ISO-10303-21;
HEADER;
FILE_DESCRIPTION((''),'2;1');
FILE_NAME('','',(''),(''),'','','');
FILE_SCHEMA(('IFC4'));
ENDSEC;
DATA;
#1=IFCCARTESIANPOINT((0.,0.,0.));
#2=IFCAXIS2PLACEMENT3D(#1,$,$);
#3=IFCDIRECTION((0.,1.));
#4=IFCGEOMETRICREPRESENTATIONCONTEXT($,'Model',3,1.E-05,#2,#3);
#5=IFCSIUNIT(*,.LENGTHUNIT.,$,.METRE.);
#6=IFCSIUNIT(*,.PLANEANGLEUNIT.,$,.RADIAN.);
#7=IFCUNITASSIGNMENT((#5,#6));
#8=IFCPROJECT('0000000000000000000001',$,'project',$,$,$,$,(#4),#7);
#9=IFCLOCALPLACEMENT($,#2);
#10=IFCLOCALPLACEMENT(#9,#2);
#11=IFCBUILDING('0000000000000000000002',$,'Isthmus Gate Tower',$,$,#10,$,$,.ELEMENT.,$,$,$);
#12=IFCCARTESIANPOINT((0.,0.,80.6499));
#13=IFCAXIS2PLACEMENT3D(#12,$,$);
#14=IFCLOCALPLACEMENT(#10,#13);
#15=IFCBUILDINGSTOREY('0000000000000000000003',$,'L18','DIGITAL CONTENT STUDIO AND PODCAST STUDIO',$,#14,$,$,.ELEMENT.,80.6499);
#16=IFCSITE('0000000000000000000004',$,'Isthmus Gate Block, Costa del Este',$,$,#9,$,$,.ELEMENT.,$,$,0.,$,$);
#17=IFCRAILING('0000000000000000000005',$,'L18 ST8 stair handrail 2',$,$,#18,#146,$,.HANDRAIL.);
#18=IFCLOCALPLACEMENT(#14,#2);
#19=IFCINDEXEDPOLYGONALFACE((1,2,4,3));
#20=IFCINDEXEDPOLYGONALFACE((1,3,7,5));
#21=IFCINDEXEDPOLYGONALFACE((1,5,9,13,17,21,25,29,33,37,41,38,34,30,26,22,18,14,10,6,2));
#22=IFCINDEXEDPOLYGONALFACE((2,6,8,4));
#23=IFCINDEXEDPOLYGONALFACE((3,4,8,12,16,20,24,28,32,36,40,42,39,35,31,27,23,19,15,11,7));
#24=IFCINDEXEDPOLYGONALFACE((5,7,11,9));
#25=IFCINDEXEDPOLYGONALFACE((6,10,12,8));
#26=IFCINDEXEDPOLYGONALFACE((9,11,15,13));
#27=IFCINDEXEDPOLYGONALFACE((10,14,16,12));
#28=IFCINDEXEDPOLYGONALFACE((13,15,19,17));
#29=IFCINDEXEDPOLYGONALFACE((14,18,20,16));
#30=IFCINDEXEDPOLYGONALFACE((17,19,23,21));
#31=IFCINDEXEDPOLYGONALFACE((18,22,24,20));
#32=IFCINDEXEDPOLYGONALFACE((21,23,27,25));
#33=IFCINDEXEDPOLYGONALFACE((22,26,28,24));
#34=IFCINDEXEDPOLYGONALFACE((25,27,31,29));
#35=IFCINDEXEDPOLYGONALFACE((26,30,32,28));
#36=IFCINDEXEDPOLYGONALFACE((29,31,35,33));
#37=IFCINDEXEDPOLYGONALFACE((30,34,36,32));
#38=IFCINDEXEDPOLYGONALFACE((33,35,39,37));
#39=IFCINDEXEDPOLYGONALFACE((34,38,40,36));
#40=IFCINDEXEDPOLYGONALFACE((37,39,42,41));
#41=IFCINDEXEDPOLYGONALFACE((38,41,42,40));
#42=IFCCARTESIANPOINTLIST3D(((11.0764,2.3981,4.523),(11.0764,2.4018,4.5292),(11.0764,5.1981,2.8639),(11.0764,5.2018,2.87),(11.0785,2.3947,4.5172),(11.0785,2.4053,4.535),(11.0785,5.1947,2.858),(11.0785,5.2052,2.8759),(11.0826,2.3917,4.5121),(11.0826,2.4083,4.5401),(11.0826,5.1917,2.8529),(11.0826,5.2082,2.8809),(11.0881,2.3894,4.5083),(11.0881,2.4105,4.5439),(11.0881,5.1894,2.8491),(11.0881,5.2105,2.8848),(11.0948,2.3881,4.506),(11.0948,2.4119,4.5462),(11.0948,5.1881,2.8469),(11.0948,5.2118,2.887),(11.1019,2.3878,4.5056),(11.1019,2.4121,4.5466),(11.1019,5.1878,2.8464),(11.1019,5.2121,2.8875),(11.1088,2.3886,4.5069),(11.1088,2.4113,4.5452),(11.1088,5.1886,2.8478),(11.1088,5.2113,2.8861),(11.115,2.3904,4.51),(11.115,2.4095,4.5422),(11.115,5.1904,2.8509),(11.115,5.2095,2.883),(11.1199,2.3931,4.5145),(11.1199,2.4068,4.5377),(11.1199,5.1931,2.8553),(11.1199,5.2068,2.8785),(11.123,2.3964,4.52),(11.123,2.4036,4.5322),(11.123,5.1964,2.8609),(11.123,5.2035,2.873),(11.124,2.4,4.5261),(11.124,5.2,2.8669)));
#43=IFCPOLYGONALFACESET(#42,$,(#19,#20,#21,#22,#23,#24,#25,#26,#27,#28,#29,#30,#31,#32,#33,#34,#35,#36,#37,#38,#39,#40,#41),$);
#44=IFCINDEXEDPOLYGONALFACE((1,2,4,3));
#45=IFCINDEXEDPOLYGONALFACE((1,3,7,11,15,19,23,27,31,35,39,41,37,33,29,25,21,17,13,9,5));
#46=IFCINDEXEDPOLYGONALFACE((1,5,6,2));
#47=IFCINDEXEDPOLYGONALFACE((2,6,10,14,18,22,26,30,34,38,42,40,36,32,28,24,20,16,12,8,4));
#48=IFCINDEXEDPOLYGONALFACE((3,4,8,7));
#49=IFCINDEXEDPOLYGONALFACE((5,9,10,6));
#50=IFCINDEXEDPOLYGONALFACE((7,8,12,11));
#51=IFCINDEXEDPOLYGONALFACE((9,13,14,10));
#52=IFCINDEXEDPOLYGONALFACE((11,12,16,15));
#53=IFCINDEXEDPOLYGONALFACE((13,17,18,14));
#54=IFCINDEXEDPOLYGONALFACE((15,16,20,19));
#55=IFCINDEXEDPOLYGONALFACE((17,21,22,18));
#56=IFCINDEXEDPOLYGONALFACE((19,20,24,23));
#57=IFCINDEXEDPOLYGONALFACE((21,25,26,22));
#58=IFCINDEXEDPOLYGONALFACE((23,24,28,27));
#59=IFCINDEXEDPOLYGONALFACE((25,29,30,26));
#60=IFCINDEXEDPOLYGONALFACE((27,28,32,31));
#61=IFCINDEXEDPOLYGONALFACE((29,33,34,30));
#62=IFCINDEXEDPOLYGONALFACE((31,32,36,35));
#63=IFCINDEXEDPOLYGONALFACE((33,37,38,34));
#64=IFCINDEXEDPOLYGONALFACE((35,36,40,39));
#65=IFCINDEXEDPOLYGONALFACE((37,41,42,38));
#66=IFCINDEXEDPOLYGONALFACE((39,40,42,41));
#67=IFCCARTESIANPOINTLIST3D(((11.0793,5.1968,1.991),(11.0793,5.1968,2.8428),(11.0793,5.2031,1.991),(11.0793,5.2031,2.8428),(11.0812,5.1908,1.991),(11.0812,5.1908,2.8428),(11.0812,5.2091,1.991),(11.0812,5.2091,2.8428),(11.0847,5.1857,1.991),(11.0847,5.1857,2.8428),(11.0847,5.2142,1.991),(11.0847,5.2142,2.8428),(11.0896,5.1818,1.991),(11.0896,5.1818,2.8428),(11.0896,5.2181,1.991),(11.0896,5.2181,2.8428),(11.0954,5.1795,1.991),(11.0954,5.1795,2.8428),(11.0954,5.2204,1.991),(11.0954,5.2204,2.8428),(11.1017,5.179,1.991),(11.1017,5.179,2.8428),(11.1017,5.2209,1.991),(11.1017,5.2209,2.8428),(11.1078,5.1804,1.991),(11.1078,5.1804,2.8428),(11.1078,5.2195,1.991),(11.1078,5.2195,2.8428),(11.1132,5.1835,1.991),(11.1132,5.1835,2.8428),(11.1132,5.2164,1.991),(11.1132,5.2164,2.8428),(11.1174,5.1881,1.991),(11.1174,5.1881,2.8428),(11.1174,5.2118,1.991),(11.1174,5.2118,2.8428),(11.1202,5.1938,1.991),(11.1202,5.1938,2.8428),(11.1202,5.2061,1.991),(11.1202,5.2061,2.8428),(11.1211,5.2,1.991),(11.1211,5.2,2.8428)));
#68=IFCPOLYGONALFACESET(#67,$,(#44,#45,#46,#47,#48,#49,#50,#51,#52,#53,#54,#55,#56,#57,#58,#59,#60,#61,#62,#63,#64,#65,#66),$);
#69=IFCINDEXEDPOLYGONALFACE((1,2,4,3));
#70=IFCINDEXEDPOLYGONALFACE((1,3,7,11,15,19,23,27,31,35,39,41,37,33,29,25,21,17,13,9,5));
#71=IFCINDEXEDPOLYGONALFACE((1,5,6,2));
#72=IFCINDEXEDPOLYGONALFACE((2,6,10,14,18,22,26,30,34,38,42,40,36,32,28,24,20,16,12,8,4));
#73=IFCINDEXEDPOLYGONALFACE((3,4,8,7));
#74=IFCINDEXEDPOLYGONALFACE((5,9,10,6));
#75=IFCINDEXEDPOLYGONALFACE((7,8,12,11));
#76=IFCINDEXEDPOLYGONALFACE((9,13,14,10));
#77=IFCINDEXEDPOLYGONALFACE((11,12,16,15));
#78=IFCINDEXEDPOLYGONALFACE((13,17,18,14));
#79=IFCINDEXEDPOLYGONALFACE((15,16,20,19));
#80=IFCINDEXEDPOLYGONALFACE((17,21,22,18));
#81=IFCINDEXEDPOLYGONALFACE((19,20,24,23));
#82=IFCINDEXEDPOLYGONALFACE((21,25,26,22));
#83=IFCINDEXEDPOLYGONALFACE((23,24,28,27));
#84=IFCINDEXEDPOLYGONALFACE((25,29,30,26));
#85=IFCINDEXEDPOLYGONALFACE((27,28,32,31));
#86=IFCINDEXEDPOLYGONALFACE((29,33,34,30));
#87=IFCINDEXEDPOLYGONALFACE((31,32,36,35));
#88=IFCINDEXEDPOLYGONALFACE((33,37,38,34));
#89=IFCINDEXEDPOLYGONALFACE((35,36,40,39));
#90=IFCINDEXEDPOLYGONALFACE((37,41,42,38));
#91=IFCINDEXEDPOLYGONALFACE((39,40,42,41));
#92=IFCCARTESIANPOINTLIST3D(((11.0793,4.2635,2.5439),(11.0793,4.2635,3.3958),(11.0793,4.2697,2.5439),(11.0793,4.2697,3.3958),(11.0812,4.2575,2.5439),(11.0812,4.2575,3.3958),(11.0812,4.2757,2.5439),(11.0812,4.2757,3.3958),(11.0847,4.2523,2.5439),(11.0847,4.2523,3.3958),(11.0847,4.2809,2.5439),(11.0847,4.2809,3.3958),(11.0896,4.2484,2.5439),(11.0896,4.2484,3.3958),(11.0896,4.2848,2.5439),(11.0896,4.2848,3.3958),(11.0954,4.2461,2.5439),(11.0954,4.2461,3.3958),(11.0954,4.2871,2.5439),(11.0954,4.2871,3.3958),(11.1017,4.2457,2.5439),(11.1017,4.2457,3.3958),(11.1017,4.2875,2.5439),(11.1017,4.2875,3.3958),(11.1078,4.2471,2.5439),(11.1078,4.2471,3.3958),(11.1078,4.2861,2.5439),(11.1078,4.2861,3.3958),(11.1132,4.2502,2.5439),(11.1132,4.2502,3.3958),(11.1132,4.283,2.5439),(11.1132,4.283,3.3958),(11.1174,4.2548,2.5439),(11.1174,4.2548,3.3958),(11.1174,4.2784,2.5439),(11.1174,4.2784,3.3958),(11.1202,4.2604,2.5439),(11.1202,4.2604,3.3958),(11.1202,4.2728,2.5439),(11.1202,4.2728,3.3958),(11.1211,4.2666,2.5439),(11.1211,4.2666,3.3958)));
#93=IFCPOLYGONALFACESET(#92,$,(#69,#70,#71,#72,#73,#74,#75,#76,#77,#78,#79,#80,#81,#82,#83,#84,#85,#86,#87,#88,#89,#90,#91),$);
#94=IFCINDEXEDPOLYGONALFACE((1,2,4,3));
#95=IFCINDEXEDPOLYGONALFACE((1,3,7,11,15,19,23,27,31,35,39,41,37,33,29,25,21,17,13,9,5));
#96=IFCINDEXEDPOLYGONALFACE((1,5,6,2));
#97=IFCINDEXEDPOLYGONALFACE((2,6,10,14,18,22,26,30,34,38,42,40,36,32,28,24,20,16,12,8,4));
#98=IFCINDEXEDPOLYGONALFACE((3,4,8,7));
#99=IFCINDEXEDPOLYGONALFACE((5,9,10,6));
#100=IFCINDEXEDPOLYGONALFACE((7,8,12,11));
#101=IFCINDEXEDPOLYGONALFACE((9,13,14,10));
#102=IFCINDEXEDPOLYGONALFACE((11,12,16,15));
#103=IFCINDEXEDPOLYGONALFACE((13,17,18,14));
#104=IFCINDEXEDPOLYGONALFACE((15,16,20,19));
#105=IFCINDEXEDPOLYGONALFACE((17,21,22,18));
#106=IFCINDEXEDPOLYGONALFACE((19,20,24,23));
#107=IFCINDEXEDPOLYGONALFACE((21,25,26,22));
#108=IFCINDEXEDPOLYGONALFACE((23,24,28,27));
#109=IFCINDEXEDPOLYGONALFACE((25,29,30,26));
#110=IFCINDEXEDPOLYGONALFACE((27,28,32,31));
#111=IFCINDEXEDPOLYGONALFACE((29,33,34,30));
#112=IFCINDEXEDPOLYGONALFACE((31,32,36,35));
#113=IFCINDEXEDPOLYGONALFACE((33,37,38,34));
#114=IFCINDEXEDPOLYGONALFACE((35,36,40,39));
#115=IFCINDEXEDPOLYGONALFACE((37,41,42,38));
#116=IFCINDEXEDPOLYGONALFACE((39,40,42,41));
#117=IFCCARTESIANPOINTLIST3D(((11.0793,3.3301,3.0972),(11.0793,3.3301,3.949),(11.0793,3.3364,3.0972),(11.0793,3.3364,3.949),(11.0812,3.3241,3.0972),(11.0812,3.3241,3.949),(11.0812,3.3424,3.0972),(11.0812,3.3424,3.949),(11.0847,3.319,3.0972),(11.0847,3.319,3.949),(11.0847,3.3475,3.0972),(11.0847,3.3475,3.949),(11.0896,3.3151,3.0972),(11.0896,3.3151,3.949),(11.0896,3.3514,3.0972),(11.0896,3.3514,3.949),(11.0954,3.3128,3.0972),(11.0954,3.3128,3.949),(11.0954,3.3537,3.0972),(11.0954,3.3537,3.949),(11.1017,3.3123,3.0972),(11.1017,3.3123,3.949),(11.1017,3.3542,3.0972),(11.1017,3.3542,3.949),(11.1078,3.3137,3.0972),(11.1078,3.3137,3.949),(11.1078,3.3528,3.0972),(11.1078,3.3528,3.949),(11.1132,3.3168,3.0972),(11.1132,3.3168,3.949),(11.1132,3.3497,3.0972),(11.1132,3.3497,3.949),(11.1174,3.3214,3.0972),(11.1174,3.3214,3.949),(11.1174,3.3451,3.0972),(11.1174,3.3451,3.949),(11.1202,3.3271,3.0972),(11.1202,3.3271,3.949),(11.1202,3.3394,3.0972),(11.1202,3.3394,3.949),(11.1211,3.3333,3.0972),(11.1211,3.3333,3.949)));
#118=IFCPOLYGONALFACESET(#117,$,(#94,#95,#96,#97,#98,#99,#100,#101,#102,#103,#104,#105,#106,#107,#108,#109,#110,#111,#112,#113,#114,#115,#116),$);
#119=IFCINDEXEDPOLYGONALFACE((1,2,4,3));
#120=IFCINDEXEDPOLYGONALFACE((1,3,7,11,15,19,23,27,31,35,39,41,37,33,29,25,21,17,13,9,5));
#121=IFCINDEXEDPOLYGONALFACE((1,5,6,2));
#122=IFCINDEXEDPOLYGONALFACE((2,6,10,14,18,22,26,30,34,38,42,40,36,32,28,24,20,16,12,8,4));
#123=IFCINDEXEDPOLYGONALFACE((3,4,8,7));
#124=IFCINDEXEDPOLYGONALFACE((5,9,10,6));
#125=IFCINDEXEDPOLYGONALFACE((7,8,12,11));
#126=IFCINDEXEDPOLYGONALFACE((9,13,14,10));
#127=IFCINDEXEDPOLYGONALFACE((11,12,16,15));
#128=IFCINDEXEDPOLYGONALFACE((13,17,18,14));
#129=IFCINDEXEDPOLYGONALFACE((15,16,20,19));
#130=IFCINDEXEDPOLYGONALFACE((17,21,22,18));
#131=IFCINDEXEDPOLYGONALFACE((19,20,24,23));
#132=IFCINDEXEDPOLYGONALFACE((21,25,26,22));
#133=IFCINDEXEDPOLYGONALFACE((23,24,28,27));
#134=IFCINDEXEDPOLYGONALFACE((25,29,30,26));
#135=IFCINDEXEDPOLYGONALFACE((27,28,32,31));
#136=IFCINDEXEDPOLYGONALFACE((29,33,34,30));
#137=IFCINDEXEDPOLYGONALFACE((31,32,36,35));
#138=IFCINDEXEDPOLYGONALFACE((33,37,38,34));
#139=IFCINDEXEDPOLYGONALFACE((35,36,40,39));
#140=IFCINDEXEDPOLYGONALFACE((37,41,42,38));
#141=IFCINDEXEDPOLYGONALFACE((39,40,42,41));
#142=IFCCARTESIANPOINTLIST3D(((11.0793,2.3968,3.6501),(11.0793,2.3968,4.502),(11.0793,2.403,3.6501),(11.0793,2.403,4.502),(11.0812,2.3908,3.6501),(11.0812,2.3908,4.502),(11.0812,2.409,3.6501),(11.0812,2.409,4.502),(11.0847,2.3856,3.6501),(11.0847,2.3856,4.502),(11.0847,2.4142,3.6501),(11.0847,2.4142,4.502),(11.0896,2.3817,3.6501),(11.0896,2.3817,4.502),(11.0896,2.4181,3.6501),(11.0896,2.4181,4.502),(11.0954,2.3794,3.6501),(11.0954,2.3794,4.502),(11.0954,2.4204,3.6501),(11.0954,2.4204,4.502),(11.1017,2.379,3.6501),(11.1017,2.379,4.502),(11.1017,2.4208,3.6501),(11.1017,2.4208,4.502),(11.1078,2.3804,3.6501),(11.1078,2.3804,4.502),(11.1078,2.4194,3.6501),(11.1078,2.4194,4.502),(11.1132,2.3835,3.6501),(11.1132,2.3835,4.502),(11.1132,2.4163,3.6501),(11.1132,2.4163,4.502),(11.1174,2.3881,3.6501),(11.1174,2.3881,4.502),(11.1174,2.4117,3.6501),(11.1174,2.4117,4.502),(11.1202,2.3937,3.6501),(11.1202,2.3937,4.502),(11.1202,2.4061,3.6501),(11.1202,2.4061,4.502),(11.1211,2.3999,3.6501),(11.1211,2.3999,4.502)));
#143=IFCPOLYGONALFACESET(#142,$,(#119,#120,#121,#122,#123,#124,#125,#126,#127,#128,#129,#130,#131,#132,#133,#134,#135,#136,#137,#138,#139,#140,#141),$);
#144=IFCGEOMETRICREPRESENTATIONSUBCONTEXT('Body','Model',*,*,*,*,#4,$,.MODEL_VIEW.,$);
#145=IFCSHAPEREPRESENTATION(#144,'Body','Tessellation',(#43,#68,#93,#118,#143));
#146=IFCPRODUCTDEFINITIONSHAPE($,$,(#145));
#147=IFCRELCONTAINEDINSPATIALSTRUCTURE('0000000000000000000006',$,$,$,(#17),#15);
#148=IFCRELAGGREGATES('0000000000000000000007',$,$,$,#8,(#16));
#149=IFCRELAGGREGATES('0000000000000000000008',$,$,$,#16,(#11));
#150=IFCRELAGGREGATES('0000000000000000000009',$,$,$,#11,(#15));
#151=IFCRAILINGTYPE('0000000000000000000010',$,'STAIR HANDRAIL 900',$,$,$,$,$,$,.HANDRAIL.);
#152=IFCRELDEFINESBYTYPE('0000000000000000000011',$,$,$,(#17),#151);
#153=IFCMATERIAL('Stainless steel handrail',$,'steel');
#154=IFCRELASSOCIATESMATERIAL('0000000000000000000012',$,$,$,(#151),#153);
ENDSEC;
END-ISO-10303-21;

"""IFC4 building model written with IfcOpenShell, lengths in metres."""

from ifc_helpers import new_model, si_unit, direction, frame, origin, origin_2d, place, context, subcontext, project, spatial, circle, extrude, material, type_object, element, save


model = new_model("IFC4")

# Units and contexts
model_context = context("Model", 3, precision=1e-05, world=origin(), true_north=direction((0.0, 1.0)))
body_context = subcontext(model_context, "Body", "Model", "MODEL_VIEW")
ifc_project = project(units=[si_unit("LENGTHUNIT", "METRE"), si_unit("PLANEANGLEUNIT", "RADIAN")], contexts=[model_context])

# Site, building, storey
site_placement = place(None, origin())
site = spatial("IfcSite", under=ifc_project, at=site_placement, Name="Isthmus Gate Block, Costa del Este", CompositionType="ELEMENT", RefElevation=0.0)
building_placement = place(site_placement, origin())
building = spatial("IfcBuilding", under=site, at=building_placement, Name="Isthmus Gate Tower", CompositionType="ELEMENT")
storey_placement = place(building_placement, frame((0.0, 0.0, 80.6499)))
storey = spatial("IfcBuildingStorey", under=building, at=storey_placement, Name="L18", Description="DIGITAL CONTENT STUDIO AND PODCAST STUDIO", CompositionType="ELEMENT", Elevation=80.6499)

# Railing
ifc_material_1 = material(Name="Stainless steel handrail", Category="steel")
railing_type_1 = type_object("IfcRailingType", Name="STAIR HANDRAIL 900", PredefinedType="HANDRAIL", material=ifc_material_1)
railing_1_placement = place(storey_placement, frame((11.1001, 5.2, 1.991)))
element("IfcRailing", 1, at=railing_1_placement, inside=storey, type_object=railing_type_1, Name="L18 ST8 stair handrail 2", PredefinedType="HANDRAIL", context=body_context, shape_type="SweptSolid", body=[
    extrude(circle(Radius=0.0239, at=origin_2d()), frame((0.0, 0.0, 0.876), z_axis=(0.0, -0.860306, 0.509778), x_axis=(1.0, 0.0, 0.0)), (0.0, 0.0, 1.0), 3.2546),
    extrude(circle(Radius=0.021, at=origin_2d()), origin(), (0.0, 0.0, 1.0), 0.8518),
    extrude(circle(Radius=0.021, at=origin_2d()), frame((0.0, -0.9333, 0.553)), (0.0, 0.0, 1.0), 0.8518),
    extrude(circle(Radius=0.021, at=origin_2d()), frame((0.0, -1.8667, 1.1062)), (0.0, 0.0, 1.0), 0.8518),
    extrude(circle(Radius=0.021, at=origin_2d()), frame((0.0, -2.8, 1.6592)), (0.0, 0.0, 1.0), 0.8518),
])

save(model, "model.ifc")
